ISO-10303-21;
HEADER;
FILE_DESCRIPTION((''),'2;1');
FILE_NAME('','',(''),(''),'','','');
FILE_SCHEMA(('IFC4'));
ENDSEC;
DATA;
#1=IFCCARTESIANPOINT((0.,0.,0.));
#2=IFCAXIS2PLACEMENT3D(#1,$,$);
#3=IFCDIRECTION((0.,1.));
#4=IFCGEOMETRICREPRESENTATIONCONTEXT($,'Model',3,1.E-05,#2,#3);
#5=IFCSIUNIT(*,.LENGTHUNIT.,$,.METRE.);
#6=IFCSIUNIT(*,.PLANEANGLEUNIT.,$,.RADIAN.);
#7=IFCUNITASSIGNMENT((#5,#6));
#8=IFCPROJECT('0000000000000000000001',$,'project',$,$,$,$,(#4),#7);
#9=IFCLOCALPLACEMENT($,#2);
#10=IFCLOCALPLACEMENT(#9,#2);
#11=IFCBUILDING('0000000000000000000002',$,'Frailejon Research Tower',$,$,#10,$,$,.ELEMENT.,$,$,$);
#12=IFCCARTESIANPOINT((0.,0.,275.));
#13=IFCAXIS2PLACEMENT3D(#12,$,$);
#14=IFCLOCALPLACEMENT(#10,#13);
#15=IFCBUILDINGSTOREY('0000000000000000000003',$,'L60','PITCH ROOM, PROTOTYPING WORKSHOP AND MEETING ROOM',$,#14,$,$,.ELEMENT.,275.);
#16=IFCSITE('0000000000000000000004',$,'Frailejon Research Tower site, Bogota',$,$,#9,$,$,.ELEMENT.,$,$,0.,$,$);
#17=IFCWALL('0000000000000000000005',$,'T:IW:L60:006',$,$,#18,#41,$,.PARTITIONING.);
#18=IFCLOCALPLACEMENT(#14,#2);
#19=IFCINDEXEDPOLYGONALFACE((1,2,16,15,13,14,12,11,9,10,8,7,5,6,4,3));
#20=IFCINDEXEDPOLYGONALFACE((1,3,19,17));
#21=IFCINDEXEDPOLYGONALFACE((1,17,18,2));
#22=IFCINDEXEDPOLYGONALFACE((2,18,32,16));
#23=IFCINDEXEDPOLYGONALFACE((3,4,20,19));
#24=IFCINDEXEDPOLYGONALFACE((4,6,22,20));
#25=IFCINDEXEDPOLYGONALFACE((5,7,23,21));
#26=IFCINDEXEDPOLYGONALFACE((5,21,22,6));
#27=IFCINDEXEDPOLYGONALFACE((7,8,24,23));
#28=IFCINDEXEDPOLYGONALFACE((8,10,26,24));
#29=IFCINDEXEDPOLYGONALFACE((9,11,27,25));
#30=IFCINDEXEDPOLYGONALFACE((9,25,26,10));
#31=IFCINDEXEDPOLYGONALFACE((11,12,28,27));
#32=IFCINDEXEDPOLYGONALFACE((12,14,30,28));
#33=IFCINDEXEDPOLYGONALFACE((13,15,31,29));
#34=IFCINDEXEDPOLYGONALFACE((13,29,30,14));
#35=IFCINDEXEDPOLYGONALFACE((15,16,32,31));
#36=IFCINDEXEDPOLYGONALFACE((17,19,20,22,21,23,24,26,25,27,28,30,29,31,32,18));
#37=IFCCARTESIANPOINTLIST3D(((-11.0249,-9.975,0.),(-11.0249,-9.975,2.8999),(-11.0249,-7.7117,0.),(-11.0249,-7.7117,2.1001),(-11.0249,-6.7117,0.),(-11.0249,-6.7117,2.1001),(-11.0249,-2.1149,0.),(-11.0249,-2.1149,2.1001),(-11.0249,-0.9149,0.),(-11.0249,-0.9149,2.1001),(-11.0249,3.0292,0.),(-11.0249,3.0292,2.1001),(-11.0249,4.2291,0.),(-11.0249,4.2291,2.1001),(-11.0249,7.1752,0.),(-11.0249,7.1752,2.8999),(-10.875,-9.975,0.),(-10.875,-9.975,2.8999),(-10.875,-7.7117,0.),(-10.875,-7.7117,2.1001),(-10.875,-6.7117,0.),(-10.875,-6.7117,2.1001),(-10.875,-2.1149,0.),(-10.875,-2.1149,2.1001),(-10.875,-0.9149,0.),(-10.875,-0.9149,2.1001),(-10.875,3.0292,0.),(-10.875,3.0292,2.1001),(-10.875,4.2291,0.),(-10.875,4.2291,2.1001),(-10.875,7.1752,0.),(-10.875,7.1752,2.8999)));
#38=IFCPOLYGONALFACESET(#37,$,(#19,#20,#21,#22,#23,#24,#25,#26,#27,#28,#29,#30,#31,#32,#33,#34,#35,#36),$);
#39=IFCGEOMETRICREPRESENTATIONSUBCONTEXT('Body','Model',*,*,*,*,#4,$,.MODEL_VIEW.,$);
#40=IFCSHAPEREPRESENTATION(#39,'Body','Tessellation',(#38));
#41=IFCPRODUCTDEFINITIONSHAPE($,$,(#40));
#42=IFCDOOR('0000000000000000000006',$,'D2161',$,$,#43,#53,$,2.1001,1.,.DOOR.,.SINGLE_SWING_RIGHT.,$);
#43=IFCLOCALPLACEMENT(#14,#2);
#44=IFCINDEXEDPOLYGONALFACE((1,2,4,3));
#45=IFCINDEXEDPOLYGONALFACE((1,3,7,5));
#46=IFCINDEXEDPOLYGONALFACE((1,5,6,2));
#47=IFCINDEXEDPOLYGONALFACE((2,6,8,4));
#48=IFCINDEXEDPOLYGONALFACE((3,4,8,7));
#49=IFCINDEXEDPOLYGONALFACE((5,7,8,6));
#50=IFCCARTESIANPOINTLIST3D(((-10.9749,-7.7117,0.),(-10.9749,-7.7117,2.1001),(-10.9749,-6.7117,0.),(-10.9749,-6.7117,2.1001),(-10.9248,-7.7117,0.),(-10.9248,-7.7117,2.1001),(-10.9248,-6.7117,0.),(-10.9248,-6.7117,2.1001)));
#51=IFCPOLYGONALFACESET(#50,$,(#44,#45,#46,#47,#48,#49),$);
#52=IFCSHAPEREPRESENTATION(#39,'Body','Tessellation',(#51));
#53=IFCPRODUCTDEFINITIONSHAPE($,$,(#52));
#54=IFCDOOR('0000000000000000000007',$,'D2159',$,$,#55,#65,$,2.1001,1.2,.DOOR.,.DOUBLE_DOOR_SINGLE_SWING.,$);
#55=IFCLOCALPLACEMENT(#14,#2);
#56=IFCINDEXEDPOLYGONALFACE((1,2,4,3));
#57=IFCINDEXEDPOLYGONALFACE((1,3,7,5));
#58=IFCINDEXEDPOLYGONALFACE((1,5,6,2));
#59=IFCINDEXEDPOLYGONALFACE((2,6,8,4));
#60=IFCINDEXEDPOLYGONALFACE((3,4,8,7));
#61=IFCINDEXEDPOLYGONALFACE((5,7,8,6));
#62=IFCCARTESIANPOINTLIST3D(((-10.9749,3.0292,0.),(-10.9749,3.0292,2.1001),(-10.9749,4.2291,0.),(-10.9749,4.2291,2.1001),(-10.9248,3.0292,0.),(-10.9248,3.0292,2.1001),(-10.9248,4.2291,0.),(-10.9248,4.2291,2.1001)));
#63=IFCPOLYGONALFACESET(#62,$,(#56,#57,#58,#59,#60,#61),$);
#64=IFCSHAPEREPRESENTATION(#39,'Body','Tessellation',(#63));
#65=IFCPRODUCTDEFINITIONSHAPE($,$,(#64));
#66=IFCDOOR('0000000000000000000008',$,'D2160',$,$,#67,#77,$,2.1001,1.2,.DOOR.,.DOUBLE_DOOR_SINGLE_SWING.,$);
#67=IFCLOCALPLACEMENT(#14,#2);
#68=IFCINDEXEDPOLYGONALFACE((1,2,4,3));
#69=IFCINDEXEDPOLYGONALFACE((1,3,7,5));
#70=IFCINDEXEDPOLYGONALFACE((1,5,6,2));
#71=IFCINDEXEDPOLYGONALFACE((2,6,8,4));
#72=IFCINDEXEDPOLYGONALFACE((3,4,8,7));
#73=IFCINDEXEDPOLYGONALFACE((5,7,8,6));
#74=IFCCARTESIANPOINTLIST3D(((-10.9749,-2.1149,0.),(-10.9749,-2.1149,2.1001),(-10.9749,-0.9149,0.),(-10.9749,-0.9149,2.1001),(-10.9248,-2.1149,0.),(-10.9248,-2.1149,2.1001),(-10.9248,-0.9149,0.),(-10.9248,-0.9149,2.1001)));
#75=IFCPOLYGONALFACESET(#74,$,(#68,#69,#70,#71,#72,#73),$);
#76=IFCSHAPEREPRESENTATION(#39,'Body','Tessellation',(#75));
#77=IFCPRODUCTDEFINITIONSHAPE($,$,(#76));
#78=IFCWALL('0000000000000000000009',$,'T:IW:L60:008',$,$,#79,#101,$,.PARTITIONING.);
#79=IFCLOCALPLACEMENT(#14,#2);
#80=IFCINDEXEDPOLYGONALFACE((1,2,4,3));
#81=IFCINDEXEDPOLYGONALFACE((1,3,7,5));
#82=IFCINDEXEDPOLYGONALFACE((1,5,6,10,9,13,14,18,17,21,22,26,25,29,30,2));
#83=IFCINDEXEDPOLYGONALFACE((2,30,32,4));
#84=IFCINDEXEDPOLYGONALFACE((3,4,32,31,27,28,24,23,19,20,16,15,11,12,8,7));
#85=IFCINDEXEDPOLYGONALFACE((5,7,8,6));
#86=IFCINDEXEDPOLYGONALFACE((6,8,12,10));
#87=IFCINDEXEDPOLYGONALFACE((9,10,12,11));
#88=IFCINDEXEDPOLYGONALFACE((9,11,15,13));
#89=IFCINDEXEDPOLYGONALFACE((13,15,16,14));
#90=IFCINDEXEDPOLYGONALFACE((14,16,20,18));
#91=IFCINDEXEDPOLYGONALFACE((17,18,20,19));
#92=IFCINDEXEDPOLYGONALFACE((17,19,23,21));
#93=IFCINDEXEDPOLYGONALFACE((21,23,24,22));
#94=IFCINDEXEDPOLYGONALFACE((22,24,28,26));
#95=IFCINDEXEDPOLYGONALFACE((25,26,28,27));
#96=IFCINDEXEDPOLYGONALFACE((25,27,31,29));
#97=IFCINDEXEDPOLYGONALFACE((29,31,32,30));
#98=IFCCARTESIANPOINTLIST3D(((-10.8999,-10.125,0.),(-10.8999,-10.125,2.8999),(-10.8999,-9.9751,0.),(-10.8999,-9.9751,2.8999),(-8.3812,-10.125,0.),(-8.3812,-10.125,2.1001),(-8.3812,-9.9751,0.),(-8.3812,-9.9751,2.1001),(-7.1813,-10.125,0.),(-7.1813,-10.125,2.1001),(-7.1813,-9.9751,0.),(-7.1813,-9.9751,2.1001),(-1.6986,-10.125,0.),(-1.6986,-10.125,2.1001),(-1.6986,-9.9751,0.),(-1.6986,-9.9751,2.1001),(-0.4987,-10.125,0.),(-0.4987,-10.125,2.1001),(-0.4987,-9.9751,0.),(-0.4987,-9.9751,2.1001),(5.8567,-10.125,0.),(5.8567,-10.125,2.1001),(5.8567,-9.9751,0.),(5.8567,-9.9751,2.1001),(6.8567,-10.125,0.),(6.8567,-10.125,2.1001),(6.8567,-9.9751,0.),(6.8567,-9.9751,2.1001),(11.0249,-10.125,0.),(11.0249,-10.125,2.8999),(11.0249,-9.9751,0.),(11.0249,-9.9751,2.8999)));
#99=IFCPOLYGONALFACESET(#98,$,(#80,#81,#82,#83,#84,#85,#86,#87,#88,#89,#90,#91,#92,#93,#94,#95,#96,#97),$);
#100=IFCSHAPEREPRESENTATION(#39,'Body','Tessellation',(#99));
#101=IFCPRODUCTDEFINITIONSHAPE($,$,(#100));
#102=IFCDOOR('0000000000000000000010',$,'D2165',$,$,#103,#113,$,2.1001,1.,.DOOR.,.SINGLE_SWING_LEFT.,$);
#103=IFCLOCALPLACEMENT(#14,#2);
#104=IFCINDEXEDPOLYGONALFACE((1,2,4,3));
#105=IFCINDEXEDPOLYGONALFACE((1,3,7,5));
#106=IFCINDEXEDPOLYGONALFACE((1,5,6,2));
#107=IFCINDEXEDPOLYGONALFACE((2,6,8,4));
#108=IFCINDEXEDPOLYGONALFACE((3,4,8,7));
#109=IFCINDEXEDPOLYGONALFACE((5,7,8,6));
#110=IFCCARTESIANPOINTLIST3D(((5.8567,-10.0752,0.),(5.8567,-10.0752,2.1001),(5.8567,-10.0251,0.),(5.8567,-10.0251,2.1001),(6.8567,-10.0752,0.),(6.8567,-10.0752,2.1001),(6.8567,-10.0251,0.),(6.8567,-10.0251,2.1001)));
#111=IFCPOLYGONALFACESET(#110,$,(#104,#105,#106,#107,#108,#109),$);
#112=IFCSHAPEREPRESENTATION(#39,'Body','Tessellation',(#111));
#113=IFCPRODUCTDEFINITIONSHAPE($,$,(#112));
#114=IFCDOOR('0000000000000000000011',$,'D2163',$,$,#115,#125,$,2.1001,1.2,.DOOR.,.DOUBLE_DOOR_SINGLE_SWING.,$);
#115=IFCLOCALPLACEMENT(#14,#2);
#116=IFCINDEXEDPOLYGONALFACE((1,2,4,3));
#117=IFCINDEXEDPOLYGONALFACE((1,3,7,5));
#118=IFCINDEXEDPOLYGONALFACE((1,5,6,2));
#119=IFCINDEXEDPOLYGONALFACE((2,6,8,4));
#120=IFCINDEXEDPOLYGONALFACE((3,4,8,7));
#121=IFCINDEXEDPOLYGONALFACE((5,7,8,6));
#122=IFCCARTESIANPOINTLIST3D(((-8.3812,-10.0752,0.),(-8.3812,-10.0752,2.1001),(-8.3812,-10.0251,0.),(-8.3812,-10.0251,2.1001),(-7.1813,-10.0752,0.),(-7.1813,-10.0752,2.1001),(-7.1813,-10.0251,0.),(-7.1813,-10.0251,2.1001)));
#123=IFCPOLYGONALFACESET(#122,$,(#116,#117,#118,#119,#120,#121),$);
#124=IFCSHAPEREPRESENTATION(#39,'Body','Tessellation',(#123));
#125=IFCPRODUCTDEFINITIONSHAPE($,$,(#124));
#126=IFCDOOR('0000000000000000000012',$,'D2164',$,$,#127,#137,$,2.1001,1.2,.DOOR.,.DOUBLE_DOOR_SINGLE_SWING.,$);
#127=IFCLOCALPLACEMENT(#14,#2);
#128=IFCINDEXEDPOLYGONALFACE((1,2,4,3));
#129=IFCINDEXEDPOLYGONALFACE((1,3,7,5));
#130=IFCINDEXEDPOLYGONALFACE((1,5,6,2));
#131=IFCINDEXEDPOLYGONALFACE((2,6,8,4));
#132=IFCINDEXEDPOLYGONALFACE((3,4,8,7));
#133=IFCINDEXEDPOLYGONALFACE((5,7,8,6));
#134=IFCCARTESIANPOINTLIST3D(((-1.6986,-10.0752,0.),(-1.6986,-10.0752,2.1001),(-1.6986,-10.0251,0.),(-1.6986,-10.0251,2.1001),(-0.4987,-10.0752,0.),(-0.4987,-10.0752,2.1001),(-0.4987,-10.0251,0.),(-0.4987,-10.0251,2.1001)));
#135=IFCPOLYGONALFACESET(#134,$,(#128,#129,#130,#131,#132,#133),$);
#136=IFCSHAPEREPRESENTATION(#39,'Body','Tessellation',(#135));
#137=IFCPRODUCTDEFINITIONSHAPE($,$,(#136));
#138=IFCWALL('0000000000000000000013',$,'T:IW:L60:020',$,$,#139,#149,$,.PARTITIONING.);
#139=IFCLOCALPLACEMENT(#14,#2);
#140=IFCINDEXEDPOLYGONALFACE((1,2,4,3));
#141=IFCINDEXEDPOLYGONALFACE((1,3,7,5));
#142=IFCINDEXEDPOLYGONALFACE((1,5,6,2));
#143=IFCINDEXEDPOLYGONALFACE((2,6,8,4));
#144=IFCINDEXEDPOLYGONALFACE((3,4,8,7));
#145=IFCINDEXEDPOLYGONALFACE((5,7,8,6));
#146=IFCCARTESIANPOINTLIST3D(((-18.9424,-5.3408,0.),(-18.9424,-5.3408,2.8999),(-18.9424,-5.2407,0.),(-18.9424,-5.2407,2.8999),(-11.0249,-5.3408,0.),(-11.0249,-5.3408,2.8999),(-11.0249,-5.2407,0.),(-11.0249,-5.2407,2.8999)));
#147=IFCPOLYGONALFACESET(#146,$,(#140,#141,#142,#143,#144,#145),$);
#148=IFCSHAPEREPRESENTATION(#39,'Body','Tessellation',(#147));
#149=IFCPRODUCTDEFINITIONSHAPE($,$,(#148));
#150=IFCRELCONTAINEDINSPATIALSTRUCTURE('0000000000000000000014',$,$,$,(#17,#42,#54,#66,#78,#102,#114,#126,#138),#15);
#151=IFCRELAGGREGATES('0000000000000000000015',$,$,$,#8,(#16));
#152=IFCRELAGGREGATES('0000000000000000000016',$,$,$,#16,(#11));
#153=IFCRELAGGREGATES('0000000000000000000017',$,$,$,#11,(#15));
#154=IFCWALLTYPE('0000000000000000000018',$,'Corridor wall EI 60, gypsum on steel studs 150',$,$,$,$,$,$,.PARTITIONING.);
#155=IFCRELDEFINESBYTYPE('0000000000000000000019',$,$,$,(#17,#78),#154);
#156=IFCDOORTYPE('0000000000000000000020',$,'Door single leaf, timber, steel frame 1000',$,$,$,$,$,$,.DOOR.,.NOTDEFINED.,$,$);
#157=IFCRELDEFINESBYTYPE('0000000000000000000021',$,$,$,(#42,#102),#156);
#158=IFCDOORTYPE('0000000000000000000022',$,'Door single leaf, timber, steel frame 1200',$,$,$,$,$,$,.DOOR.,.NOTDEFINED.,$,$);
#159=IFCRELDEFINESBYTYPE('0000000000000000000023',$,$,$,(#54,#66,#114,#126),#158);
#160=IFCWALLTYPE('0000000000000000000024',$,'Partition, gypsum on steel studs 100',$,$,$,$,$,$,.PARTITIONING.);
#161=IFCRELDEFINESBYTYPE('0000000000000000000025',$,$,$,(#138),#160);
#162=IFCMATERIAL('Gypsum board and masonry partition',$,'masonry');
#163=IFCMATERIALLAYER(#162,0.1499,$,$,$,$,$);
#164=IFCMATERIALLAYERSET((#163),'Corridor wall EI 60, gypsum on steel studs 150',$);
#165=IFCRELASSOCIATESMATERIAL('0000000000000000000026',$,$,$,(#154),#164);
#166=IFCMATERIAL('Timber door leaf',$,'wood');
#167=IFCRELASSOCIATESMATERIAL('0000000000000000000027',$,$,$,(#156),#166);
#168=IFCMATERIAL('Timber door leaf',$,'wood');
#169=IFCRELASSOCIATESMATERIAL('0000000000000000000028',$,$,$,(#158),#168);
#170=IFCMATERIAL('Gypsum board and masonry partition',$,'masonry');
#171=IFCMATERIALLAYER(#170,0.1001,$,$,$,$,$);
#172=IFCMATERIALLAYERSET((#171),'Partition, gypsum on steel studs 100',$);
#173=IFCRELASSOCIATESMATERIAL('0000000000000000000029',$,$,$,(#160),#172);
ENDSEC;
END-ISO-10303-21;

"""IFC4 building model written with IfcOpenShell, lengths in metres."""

from ifc_helpers import new_model, si_unit, direction, frame, frame_2d, origin, place, context, subcontext, project, spatial, rectangle, extrude, material, layer, layer_set, type_object, element, fill, save


model = new_model("IFC4")

# Units and contexts
model_context = context("Model", 3, precision=1e-05, world=origin(), true_north=direction((0.0, 1.0)))
body_context = subcontext(model_context, "Body", "Model", "MODEL_VIEW")
ifc_project = project(units=[si_unit("LENGTHUNIT", "METRE"), si_unit("PLANEANGLEUNIT", "RADIAN")], contexts=[model_context])

# Site, building, storey
site_placement = place(None, origin())
site = spatial("IfcSite", under=ifc_project, at=site_placement, Name="Frailejon Research Tower site, Bogota", CompositionType="ELEMENT", RefElevation=0.0)
building_placement = place(site_placement, origin())
building = spatial("IfcBuilding", under=site, at=building_placement, Name="Frailejon Research Tower", CompositionType="ELEMENT")
storey_placement = place(building_placement, frame((0.0, 0.0, 275.0)))
storey = spatial("IfcBuildingStorey", under=building, at=storey_placement, Name="L60", Description="PITCH ROOM, PROTOTYPING WORKSHOP AND MEETING ROOM", CompositionType="ELEMENT", Elevation=275.0)

# Walls, openings, doors
ifc_material_1 = material(Name="Gypsum board and masonry partition", Category="masonry")
ifc_layer_1 = layer(ifc_material_1, 0.1499)
ifc_layer_set_1 = layer_set([ifc_layer_1], Name="Corridor wall EI 60, gypsum on steel studs 150")
wall_type_1 = type_object("IfcWallType", Name="Corridor wall EI 60, gypsum on steel studs 150", PredefinedType="PARTITIONING", material=ifc_layer_set_1)
wall_1_placement = place(storey_placement, frame((-10.95, -9.9751, 0.0), z_axis=(0.0, 0.0, 1.0), x_axis=(0.0, 1.0, 0.0)))
wall_1 = element("IfcWall", 1, at=wall_1_placement, inside=storey, type_object=wall_type_1, Name="T:IW:L60:006", PredefinedType="PARTITIONING", context=body_context, shape_type="SweptSolid", body=[
    extrude(rectangle(XDim=17.1501, YDim=0.1499, at=frame_2d((8.5752, 0.0))), origin(), (0.0, 0.0, 1.0), 2.8999),
])
opening_1_placement = place(wall_1_placement, frame((13.0042, 0.0, 0.0)))
opening_1 = element("IfcOpeningElement", 2, at=opening_1_placement, cuts=wall_1, PredefinedType="OPENING", context=body_context, shape_type="SweptSolid", body=[
    extrude(rectangle(XDim=1.2, YDim=2.1001, at=frame_2d((0.6001, 1.05))), frame((0.0, 0.085, 0.0), z_axis=(0.0, -1.0, 0.0), x_axis=(1.0, 0.0, 0.0)), (0.0, 0.0, 1.0), 0.1699),
])
opening_2_placement = place(wall_1_placement, frame((7.8601, 0.0, 0.0)))
opening_2 = element("IfcOpeningElement", 3, at=opening_2_placement, cuts=wall_1, PredefinedType="OPENING", context=body_context, shape_type="SweptSolid", body=[
    extrude(rectangle(XDim=1.2, YDim=2.1001, at=frame_2d((0.6001, 1.05))), frame((0.0, 0.085, 0.0), z_axis=(0.0, -1.0, 0.0), x_axis=(1.0, 0.0, 0.0)), (0.0, 0.0, 1.0), 0.1699),
])
opening_3_placement = place(wall_1_placement, frame((2.2634, 0.0, 0.0)))
opening_3 = element("IfcOpeningElement", 4, at=opening_3_placement, cuts=wall_1, PredefinedType="OPENING", context=body_context, shape_type="SweptSolid", body=[
    extrude(rectangle(XDim=1.0, YDim=2.1001, at=frame_2d((0.5, 1.05))), frame((0.0, 0.085, 0.0), z_axis=(0.0, -1.0, 0.0), x_axis=(1.0, 0.0, 0.0)), (0.0, 0.0, 1.0), 0.1699),
])
ifc_material_2 = material(Name="Timber door leaf", Category="wood")
door_type_1 = type_object("IfcDoorType", Name="Door single leaf, timber, steel frame 1000", OperationType="NOTDEFINED", PredefinedType="DOOR", material=ifc_material_2)
door_1_placement = place(opening_3_placement, origin())
door_1 = element("IfcDoor", 5, at=door_1_placement, inside=storey, type_object=door_type_1, Name="D2161", OperationType="SINGLE_SWING_RIGHT", OverallHeight=2.1001, OverallWidth=1.0, PredefinedType="DOOR", context=body_context, shape_type="SweptSolid", body=[
    extrude(rectangle(XDim=1.0, YDim=2.1001, at=frame_2d((0.5, 1.05))), frame((0.0, 0.0249, 0.0), z_axis=(0.0, -1.0, 0.0), x_axis=(1.0, 0.0, 0.0)), (0.0, 0.0, 1.0), 0.05),
])
fill(opening_3, door_1)
ifc_material_3 = material(Name="Timber door leaf", Category="wood")
door_type_2 = type_object("IfcDoorType", Name="Door single leaf, timber, steel frame 1200", OperationType="NOTDEFINED", PredefinedType="DOOR", material=ifc_material_3)
door_2_placement = place(opening_1_placement, origin())
door_2 = element("IfcDoor", 6, at=door_2_placement, inside=storey, type_object=door_type_2, Name="D2159", OperationType="DOUBLE_DOOR_SINGLE_SWING", OverallHeight=2.1001, OverallWidth=1.2, PredefinedType="DOOR", context=body_context, shape_type="SweptSolid", body=[
    extrude(rectangle(XDim=1.2, YDim=2.1001, at=frame_2d((0.6001, 1.05))), frame((0.0, 0.0249, 0.0), z_axis=(0.0, -1.0, 0.0), x_axis=(1.0, 0.0, 0.0)), (0.0, 0.0, 1.0), 0.05),
])
fill(opening_1, door_2)
door_3_placement = place(opening_2_placement, origin())
door_3 = element("IfcDoor", 7, at=door_3_placement, inside=storey, type_object=door_type_2, Name="D2160", OperationType="DOUBLE_DOOR_SINGLE_SWING", OverallHeight=2.1001, OverallWidth=1.2, PredefinedType="DOOR", context=body_context, shape_type="SweptSolid", body=[
    extrude(rectangle(XDim=1.2, YDim=2.1001, at=frame_2d((0.6001, 1.05))), frame((0.0, 0.0249, 0.0), z_axis=(0.0, -1.0, 0.0), x_axis=(1.0, 0.0, 0.0)), (0.0, 0.0, 1.0), 0.05),
])
fill(opening_2, door_3)
wall_2_placement = place(storey_placement, frame((-10.8999, -10.05, 0.0), z_axis=(0.0, 0.0, 1.0), x_axis=(1.0, 0.0, 0.0)))
wall_2 = element("IfcWall", 8, at=wall_2_placement, inside=storey, type_object=wall_type_1, Name="T:IW:L60:008", PredefinedType="PARTITIONING", context=body_context, shape_type="SweptSolid", body=[
    extrude(rectangle(XDim=21.9248, YDim=0.1499, at=frame_2d((10.9624, 0.0))), origin(), (0.0, 0.0, 1.0), 2.8999),
])
opening_4_placement = place(wall_2_placement, frame((2.5186, 0.0, 0.0)))
opening_4 = element("IfcOpeningElement", 9, at=opening_4_placement, cuts=wall_2, PredefinedType="OPENING", context=body_context, shape_type="SweptSolid", body=[
    extrude(rectangle(XDim=1.2, YDim=2.1001, at=frame_2d((0.6001, 1.05))), frame((0.0, 0.085, 0.0), z_axis=(0.0, -1.0, 0.0), x_axis=(1.0, 0.0, 0.0)), (0.0, 0.0, 1.0), 0.1699),
])
opening_5_placement = place(wall_2_placement, frame((9.2012, 0.0, 0.0)))
opening_5 = element("IfcOpeningElement", 10, at=opening_5_placement, cuts=wall_2, PredefinedType="OPENING", context=body_context, shape_type="SweptSolid", body=[
    extrude(rectangle(XDim=1.2, YDim=2.1001, at=frame_2d((0.6001, 1.05))), frame((0.0, 0.085, 0.0), z_axis=(0.0, -1.0, 0.0), x_axis=(1.0, 0.0, 0.0)), (0.0, 0.0, 1.0), 0.1699),
])
opening_6_placement = place(wall_2_placement, frame((16.7566, 0.0, 0.0)))
opening_6 = element("IfcOpeningElement", 11, at=opening_6_placement, cuts=wall_2, PredefinedType="OPENING", context=body_context, shape_type="SweptSolid", body=[
    extrude(rectangle(XDim=1.0, YDim=2.1001, at=frame_2d((0.5, 1.05))), frame((0.0, 0.085, 0.0), z_axis=(0.0, -1.0, 0.0), x_axis=(1.0, 0.0, 0.0)), (0.0, 0.0, 1.0), 0.1699),
])
door_4_placement = place(opening_6_placement, origin())
door_4 = element("IfcDoor", 12, at=door_4_placement, inside=storey, type_object=door_type_1, Name="D2165", OperationType="SINGLE_SWING_LEFT", OverallHeight=2.1001, OverallWidth=1.0, PredefinedType="DOOR", context=body_context, shape_type="SweptSolid", body=[
    extrude(rectangle(XDim=1.0, YDim=2.1001, at=frame_2d((0.5, 1.05))), frame((0.0, 0.0249, 0.0), z_axis=(0.0, -1.0, 0.0), x_axis=(1.0, 0.0, 0.0)), (0.0, 0.0, 1.0), 0.05),
])
fill(opening_6, door_4)
door_5_placement = place(opening_4_placement, origin())
door_5 = element("IfcDoor", 13, at=door_5_placement, inside=storey, type_object=door_type_2, Name="D2163", OperationType="DOUBLE_DOOR_SINGLE_SWING", OverallHeight=2.1001, OverallWidth=1.2, PredefinedType="DOOR", context=body_context, shape_type="SweptSolid", body=[
    extrude(rectangle(XDim=1.2, YDim=2.1001, at=frame_2d((0.6001, 1.05))), frame((0.0, 0.0249, 0.0), z_axis=(0.0, -1.0, 0.0), x_axis=(1.0, 0.0, 0.0)), (0.0, 0.0, 1.0), 0.05),
])
fill(opening_4, door_5)
door_6_placement = place(opening_5_placement, origin())
door_6 = element("IfcDoor", 14, at=door_6_placement, inside=storey, type_object=door_type_2, Name="D2164", OperationType="DOUBLE_DOOR_SINGLE_SWING", OverallHeight=2.1001, OverallWidth=1.2, PredefinedType="DOOR", context=body_context, shape_type="SweptSolid", body=[
    extrude(rectangle(XDim=1.2, YDim=2.1001, at=frame_2d((0.6001, 1.05))), frame((0.0, 0.0249, 0.0), z_axis=(0.0, -1.0, 0.0), x_axis=(1.0, 0.0, 0.0)), (0.0, 0.0, 1.0), 0.05),
])
fill(opening_5, door_6)

# Wall
ifc_material_4 = material(Name="Gypsum board and masonry partition", Category="masonry")
ifc_layer_2 = layer(ifc_material_4, 0.1001)
ifc_layer_set_2 = layer_set([ifc_layer_2], Name="Partition, gypsum on steel studs 100")
wall_type_2 = type_object("IfcWallType", Name="Partition, gypsum on steel studs 100", PredefinedType="PARTITIONING", material=ifc_layer_set_2)
wall_3_placement = place(storey_placement, frame((-18.9424, -5.2908, 0.0), z_axis=(0.0, 0.0, 1.0), x_axis=(1.0, 0.0, 0.0)))
element("IfcWall", 15, at=wall_3_placement, inside=storey, type_object=wall_type_2, Name="T:IW:L60:020", PredefinedType="PARTITIONING", context=body_context, shape_type="SweptSolid", body=[
    extrude(rectangle(XDim=7.9175, YDim=0.1001, at=frame_2d((3.9587, 0.0))), origin(), (0.0, 0.0, 1.0), 2.8999),
])

save(model, "model.ifc")
